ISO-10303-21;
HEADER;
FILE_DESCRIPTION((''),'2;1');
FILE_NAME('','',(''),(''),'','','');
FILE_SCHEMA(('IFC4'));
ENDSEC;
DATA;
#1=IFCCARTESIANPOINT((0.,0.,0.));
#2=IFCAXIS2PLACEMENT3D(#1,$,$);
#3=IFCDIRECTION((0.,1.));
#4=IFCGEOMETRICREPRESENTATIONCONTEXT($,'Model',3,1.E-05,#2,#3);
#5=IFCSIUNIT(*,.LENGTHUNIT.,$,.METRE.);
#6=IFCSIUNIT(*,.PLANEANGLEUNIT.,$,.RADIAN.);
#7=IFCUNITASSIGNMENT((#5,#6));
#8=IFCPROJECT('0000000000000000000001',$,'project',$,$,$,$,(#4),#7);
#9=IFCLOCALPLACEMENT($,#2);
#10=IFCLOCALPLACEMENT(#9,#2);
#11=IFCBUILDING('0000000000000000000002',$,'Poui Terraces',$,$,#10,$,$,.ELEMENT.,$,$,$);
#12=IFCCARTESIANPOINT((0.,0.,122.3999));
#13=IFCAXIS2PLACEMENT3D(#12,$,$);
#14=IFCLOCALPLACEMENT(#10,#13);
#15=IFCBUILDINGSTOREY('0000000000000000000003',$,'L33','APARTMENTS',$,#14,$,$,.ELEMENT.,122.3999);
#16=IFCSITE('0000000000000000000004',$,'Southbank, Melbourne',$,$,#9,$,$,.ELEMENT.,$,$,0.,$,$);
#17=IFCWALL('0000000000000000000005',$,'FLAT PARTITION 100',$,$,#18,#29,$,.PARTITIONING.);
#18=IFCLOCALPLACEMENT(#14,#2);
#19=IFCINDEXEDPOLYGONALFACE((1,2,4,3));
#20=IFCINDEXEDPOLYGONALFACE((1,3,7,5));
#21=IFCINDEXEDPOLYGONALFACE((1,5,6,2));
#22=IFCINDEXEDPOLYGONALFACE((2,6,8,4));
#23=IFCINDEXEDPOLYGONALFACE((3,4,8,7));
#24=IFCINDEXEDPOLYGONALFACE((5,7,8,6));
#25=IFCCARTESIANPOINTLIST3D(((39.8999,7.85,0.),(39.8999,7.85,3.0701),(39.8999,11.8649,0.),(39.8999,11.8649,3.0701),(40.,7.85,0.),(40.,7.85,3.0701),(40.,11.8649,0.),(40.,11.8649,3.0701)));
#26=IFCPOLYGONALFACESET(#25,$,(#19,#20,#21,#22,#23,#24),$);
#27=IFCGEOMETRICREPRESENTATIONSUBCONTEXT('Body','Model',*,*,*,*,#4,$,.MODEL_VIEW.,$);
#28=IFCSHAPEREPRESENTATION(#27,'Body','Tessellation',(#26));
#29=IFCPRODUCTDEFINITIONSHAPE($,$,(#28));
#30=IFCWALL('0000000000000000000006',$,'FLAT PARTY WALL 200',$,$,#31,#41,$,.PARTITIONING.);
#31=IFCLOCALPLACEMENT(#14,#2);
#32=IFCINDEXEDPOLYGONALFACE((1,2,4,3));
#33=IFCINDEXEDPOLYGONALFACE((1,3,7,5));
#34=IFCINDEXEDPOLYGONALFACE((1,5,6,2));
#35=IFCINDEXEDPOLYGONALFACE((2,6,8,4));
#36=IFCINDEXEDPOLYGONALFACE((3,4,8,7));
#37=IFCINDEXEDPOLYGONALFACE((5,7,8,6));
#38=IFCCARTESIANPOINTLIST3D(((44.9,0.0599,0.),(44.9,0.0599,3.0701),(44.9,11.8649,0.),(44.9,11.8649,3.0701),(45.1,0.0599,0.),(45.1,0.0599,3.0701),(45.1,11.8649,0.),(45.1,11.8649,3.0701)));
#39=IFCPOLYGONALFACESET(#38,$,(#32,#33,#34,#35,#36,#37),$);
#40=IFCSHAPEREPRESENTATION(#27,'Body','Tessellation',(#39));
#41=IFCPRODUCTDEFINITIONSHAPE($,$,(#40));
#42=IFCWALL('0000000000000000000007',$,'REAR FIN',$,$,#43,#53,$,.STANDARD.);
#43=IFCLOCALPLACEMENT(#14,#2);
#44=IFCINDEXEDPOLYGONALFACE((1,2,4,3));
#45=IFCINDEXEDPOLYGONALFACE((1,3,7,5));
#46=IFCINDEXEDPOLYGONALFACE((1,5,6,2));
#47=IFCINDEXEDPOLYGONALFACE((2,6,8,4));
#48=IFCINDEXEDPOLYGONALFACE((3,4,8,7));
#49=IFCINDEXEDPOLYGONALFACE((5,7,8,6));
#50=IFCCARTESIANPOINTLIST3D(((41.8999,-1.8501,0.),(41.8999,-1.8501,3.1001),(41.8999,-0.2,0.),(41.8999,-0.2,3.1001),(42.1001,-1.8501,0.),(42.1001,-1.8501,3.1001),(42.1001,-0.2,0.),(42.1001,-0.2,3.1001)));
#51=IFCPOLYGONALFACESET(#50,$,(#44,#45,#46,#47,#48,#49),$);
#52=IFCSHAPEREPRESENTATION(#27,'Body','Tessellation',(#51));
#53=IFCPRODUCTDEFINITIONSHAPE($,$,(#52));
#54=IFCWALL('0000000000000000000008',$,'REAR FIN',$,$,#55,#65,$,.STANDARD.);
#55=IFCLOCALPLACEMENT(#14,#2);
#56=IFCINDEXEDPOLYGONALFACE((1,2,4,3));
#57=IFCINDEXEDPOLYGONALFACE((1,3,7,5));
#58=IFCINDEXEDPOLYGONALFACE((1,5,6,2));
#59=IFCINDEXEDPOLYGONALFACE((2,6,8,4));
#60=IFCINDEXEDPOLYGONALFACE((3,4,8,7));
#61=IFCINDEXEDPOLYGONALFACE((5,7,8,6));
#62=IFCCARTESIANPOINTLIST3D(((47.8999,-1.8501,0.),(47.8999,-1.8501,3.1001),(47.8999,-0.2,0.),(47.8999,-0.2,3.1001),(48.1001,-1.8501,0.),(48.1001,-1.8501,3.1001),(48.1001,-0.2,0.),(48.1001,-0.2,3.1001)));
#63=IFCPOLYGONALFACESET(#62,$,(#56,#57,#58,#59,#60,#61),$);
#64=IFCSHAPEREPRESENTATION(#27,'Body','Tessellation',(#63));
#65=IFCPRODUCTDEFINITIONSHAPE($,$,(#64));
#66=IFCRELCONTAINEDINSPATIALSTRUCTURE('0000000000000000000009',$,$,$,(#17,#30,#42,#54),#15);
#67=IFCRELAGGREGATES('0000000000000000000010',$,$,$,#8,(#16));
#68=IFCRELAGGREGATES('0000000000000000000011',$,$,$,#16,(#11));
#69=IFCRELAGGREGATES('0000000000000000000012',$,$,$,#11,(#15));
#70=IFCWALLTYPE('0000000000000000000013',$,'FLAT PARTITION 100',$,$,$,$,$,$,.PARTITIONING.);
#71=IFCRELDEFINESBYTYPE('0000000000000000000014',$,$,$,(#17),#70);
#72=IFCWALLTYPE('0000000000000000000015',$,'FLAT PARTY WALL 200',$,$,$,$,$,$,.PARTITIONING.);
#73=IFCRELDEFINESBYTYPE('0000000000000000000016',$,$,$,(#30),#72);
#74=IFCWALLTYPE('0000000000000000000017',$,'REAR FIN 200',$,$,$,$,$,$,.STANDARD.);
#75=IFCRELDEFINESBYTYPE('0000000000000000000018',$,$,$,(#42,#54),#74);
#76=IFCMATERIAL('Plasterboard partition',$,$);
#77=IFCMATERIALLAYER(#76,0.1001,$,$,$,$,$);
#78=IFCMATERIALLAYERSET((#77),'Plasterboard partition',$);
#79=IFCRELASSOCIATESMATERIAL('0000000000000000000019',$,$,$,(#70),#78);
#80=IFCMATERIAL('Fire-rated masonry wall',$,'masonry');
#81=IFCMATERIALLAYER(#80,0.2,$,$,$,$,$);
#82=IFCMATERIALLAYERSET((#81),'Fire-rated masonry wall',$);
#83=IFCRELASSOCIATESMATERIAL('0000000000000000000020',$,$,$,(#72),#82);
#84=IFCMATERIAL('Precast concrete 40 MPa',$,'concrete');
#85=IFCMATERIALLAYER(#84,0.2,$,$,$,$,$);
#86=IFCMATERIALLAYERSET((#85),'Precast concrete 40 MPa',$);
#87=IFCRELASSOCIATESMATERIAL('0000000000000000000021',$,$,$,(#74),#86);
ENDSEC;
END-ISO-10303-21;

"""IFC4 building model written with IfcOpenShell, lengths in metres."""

from ifc_helpers import new_model, si_unit, direction, frame, frame_2d, origin, place, context, subcontext, project, spatial, polyline, rectangle, outline, extrude, source, transform, mapped, material, layer, layer_set, type_object, element, save


model = new_model("IFC4")

# Units and contexts
model_context = context("Model", 3, precision=1e-05, world=origin(), true_north=direction((0.0, 1.0)))
body_context = subcontext(model_context, "Body", "Model", "MODEL_VIEW")
ifc_project = project(units=[si_unit("LENGTHUNIT", "METRE"), si_unit("PLANEANGLEUNIT", "RADIAN")], contexts=[model_context])

# Site, building, storey
site_placement = place(None, origin())
site = spatial("IfcSite", under=ifc_project, at=site_placement, Name="Southbank, Melbourne", CompositionType="ELEMENT", RefElevation=0.0)
building_placement = place(site_placement, origin())
building = spatial("IfcBuilding", under=site, at=building_placement, Name="Poui Terraces", CompositionType="ELEMENT")
storey_placement = place(building_placement, frame((0.0, 0.0, 122.3999)))
storey = spatial("IfcBuildingStorey", under=building, at=storey_placement, Name="L33", Description="APARTMENTS", CompositionType="ELEMENT", Elevation=122.3999)

# Shared definitions
ifc_material_1 = material(Name="Plasterboard partition")
ifc_layer_1 = layer(ifc_material_1, 0.1001)
ifc_layer_set_1 = layer_set([ifc_layer_1], Name="Plasterboard partition")
wall_type_1 = type_object("IfcWallType", Name="FLAT PARTITION 100", PredefinedType="PARTITIONING", material=ifc_layer_set_1)

# Walls
for number, where, z_axis, x_axis, name in (
    (1, (39.95, 7.8501, 0.0), (0.0, 0.0, 1.0), (0.0, 1.0, 0.0), "FLAT PARTITION 100"),
):
    element("IfcWall", number, at=place(storey_placement, frame(where, z_axis=z_axis, x_axis=x_axis)), inside=storey, type_object=wall_type_1, Name=name, PredefinedType="PARTITIONING", context=body_context, shape_type="SweptSolid", body=[
        extrude(rectangle(XDim=4.0149, YDim=0.1001, at=frame_2d((2.0073, 0.0))), origin(), (0.0, 0.0, 1.0), 3.0701),
    ])
ifc_material_2 = material(Name="Fire-rated masonry wall", Category="masonry")
ifc_layer_2 = layer(ifc_material_2, 0.2)
ifc_layer_set_2 = layer_set([ifc_layer_2], Name="Fire-rated masonry wall")
wall_type_2 = type_object("IfcWallType", Name="FLAT PARTY WALL 200", PredefinedType="PARTITIONING", material=ifc_layer_set_2)
wall_1_placement = place(storey_placement, frame((45.0, 0.0601, 0.0), z_axis=(0.0, 0.0, 1.0), x_axis=(0.0, 1.0, 0.0)))
element("IfcWall", 2, at=wall_1_placement, inside=storey, type_object=wall_type_2, Name="FLAT PARTY WALL 200", PredefinedType="PARTITIONING", context=body_context, shape_type="SweptSolid", body=[
    extrude(rectangle(XDim=11.8049, YDim=0.2, at=frame_2d((5.9023, 0.0))), origin(), (0.0, 0.0, 1.0), 3.0701),
])
ifc_material_3 = material(Name="Precast concrete 40 MPa", Category="concrete")
ifc_layer_3 = layer(ifc_material_3, 0.2)
ifc_layer_set_3 = layer_set([ifc_layer_3], Name="Precast concrete 40 MPa")
wall_type_3 = type_object("IfcWallType", Name="REAR FIN 200", PredefinedType="STANDARD", material=ifc_layer_set_3)
shared_shape_1 = source(origin(), body_context, "Body", "SweptSolid", [
    extrude(outline(polyline([(0.0, 0.0), (0.2002, 0.0), (0.2002, 1.6501), (0.0, 1.6501), (0.0, 0.0)])), origin(), (0.0, 0.0, 1.0), 3.1001),
])
for number, where, name in (
    (3, (41.8999, -1.8501, 0.0), "REAR FIN"),
    (4, (47.8999, -1.8501, 0.0), "REAR FIN"),
):
    element("IfcWall", number, at=place(storey_placement, frame(where)), inside=storey, type_object=wall_type_3, Name=name, PredefinedType="STANDARD", context=body_context, shape_type="MappedRepresentation", body=[
        mapped(shared_shape_1, transform((0.0, 0.0, 0.0))),
    ])

save(model, "model.ifc")
